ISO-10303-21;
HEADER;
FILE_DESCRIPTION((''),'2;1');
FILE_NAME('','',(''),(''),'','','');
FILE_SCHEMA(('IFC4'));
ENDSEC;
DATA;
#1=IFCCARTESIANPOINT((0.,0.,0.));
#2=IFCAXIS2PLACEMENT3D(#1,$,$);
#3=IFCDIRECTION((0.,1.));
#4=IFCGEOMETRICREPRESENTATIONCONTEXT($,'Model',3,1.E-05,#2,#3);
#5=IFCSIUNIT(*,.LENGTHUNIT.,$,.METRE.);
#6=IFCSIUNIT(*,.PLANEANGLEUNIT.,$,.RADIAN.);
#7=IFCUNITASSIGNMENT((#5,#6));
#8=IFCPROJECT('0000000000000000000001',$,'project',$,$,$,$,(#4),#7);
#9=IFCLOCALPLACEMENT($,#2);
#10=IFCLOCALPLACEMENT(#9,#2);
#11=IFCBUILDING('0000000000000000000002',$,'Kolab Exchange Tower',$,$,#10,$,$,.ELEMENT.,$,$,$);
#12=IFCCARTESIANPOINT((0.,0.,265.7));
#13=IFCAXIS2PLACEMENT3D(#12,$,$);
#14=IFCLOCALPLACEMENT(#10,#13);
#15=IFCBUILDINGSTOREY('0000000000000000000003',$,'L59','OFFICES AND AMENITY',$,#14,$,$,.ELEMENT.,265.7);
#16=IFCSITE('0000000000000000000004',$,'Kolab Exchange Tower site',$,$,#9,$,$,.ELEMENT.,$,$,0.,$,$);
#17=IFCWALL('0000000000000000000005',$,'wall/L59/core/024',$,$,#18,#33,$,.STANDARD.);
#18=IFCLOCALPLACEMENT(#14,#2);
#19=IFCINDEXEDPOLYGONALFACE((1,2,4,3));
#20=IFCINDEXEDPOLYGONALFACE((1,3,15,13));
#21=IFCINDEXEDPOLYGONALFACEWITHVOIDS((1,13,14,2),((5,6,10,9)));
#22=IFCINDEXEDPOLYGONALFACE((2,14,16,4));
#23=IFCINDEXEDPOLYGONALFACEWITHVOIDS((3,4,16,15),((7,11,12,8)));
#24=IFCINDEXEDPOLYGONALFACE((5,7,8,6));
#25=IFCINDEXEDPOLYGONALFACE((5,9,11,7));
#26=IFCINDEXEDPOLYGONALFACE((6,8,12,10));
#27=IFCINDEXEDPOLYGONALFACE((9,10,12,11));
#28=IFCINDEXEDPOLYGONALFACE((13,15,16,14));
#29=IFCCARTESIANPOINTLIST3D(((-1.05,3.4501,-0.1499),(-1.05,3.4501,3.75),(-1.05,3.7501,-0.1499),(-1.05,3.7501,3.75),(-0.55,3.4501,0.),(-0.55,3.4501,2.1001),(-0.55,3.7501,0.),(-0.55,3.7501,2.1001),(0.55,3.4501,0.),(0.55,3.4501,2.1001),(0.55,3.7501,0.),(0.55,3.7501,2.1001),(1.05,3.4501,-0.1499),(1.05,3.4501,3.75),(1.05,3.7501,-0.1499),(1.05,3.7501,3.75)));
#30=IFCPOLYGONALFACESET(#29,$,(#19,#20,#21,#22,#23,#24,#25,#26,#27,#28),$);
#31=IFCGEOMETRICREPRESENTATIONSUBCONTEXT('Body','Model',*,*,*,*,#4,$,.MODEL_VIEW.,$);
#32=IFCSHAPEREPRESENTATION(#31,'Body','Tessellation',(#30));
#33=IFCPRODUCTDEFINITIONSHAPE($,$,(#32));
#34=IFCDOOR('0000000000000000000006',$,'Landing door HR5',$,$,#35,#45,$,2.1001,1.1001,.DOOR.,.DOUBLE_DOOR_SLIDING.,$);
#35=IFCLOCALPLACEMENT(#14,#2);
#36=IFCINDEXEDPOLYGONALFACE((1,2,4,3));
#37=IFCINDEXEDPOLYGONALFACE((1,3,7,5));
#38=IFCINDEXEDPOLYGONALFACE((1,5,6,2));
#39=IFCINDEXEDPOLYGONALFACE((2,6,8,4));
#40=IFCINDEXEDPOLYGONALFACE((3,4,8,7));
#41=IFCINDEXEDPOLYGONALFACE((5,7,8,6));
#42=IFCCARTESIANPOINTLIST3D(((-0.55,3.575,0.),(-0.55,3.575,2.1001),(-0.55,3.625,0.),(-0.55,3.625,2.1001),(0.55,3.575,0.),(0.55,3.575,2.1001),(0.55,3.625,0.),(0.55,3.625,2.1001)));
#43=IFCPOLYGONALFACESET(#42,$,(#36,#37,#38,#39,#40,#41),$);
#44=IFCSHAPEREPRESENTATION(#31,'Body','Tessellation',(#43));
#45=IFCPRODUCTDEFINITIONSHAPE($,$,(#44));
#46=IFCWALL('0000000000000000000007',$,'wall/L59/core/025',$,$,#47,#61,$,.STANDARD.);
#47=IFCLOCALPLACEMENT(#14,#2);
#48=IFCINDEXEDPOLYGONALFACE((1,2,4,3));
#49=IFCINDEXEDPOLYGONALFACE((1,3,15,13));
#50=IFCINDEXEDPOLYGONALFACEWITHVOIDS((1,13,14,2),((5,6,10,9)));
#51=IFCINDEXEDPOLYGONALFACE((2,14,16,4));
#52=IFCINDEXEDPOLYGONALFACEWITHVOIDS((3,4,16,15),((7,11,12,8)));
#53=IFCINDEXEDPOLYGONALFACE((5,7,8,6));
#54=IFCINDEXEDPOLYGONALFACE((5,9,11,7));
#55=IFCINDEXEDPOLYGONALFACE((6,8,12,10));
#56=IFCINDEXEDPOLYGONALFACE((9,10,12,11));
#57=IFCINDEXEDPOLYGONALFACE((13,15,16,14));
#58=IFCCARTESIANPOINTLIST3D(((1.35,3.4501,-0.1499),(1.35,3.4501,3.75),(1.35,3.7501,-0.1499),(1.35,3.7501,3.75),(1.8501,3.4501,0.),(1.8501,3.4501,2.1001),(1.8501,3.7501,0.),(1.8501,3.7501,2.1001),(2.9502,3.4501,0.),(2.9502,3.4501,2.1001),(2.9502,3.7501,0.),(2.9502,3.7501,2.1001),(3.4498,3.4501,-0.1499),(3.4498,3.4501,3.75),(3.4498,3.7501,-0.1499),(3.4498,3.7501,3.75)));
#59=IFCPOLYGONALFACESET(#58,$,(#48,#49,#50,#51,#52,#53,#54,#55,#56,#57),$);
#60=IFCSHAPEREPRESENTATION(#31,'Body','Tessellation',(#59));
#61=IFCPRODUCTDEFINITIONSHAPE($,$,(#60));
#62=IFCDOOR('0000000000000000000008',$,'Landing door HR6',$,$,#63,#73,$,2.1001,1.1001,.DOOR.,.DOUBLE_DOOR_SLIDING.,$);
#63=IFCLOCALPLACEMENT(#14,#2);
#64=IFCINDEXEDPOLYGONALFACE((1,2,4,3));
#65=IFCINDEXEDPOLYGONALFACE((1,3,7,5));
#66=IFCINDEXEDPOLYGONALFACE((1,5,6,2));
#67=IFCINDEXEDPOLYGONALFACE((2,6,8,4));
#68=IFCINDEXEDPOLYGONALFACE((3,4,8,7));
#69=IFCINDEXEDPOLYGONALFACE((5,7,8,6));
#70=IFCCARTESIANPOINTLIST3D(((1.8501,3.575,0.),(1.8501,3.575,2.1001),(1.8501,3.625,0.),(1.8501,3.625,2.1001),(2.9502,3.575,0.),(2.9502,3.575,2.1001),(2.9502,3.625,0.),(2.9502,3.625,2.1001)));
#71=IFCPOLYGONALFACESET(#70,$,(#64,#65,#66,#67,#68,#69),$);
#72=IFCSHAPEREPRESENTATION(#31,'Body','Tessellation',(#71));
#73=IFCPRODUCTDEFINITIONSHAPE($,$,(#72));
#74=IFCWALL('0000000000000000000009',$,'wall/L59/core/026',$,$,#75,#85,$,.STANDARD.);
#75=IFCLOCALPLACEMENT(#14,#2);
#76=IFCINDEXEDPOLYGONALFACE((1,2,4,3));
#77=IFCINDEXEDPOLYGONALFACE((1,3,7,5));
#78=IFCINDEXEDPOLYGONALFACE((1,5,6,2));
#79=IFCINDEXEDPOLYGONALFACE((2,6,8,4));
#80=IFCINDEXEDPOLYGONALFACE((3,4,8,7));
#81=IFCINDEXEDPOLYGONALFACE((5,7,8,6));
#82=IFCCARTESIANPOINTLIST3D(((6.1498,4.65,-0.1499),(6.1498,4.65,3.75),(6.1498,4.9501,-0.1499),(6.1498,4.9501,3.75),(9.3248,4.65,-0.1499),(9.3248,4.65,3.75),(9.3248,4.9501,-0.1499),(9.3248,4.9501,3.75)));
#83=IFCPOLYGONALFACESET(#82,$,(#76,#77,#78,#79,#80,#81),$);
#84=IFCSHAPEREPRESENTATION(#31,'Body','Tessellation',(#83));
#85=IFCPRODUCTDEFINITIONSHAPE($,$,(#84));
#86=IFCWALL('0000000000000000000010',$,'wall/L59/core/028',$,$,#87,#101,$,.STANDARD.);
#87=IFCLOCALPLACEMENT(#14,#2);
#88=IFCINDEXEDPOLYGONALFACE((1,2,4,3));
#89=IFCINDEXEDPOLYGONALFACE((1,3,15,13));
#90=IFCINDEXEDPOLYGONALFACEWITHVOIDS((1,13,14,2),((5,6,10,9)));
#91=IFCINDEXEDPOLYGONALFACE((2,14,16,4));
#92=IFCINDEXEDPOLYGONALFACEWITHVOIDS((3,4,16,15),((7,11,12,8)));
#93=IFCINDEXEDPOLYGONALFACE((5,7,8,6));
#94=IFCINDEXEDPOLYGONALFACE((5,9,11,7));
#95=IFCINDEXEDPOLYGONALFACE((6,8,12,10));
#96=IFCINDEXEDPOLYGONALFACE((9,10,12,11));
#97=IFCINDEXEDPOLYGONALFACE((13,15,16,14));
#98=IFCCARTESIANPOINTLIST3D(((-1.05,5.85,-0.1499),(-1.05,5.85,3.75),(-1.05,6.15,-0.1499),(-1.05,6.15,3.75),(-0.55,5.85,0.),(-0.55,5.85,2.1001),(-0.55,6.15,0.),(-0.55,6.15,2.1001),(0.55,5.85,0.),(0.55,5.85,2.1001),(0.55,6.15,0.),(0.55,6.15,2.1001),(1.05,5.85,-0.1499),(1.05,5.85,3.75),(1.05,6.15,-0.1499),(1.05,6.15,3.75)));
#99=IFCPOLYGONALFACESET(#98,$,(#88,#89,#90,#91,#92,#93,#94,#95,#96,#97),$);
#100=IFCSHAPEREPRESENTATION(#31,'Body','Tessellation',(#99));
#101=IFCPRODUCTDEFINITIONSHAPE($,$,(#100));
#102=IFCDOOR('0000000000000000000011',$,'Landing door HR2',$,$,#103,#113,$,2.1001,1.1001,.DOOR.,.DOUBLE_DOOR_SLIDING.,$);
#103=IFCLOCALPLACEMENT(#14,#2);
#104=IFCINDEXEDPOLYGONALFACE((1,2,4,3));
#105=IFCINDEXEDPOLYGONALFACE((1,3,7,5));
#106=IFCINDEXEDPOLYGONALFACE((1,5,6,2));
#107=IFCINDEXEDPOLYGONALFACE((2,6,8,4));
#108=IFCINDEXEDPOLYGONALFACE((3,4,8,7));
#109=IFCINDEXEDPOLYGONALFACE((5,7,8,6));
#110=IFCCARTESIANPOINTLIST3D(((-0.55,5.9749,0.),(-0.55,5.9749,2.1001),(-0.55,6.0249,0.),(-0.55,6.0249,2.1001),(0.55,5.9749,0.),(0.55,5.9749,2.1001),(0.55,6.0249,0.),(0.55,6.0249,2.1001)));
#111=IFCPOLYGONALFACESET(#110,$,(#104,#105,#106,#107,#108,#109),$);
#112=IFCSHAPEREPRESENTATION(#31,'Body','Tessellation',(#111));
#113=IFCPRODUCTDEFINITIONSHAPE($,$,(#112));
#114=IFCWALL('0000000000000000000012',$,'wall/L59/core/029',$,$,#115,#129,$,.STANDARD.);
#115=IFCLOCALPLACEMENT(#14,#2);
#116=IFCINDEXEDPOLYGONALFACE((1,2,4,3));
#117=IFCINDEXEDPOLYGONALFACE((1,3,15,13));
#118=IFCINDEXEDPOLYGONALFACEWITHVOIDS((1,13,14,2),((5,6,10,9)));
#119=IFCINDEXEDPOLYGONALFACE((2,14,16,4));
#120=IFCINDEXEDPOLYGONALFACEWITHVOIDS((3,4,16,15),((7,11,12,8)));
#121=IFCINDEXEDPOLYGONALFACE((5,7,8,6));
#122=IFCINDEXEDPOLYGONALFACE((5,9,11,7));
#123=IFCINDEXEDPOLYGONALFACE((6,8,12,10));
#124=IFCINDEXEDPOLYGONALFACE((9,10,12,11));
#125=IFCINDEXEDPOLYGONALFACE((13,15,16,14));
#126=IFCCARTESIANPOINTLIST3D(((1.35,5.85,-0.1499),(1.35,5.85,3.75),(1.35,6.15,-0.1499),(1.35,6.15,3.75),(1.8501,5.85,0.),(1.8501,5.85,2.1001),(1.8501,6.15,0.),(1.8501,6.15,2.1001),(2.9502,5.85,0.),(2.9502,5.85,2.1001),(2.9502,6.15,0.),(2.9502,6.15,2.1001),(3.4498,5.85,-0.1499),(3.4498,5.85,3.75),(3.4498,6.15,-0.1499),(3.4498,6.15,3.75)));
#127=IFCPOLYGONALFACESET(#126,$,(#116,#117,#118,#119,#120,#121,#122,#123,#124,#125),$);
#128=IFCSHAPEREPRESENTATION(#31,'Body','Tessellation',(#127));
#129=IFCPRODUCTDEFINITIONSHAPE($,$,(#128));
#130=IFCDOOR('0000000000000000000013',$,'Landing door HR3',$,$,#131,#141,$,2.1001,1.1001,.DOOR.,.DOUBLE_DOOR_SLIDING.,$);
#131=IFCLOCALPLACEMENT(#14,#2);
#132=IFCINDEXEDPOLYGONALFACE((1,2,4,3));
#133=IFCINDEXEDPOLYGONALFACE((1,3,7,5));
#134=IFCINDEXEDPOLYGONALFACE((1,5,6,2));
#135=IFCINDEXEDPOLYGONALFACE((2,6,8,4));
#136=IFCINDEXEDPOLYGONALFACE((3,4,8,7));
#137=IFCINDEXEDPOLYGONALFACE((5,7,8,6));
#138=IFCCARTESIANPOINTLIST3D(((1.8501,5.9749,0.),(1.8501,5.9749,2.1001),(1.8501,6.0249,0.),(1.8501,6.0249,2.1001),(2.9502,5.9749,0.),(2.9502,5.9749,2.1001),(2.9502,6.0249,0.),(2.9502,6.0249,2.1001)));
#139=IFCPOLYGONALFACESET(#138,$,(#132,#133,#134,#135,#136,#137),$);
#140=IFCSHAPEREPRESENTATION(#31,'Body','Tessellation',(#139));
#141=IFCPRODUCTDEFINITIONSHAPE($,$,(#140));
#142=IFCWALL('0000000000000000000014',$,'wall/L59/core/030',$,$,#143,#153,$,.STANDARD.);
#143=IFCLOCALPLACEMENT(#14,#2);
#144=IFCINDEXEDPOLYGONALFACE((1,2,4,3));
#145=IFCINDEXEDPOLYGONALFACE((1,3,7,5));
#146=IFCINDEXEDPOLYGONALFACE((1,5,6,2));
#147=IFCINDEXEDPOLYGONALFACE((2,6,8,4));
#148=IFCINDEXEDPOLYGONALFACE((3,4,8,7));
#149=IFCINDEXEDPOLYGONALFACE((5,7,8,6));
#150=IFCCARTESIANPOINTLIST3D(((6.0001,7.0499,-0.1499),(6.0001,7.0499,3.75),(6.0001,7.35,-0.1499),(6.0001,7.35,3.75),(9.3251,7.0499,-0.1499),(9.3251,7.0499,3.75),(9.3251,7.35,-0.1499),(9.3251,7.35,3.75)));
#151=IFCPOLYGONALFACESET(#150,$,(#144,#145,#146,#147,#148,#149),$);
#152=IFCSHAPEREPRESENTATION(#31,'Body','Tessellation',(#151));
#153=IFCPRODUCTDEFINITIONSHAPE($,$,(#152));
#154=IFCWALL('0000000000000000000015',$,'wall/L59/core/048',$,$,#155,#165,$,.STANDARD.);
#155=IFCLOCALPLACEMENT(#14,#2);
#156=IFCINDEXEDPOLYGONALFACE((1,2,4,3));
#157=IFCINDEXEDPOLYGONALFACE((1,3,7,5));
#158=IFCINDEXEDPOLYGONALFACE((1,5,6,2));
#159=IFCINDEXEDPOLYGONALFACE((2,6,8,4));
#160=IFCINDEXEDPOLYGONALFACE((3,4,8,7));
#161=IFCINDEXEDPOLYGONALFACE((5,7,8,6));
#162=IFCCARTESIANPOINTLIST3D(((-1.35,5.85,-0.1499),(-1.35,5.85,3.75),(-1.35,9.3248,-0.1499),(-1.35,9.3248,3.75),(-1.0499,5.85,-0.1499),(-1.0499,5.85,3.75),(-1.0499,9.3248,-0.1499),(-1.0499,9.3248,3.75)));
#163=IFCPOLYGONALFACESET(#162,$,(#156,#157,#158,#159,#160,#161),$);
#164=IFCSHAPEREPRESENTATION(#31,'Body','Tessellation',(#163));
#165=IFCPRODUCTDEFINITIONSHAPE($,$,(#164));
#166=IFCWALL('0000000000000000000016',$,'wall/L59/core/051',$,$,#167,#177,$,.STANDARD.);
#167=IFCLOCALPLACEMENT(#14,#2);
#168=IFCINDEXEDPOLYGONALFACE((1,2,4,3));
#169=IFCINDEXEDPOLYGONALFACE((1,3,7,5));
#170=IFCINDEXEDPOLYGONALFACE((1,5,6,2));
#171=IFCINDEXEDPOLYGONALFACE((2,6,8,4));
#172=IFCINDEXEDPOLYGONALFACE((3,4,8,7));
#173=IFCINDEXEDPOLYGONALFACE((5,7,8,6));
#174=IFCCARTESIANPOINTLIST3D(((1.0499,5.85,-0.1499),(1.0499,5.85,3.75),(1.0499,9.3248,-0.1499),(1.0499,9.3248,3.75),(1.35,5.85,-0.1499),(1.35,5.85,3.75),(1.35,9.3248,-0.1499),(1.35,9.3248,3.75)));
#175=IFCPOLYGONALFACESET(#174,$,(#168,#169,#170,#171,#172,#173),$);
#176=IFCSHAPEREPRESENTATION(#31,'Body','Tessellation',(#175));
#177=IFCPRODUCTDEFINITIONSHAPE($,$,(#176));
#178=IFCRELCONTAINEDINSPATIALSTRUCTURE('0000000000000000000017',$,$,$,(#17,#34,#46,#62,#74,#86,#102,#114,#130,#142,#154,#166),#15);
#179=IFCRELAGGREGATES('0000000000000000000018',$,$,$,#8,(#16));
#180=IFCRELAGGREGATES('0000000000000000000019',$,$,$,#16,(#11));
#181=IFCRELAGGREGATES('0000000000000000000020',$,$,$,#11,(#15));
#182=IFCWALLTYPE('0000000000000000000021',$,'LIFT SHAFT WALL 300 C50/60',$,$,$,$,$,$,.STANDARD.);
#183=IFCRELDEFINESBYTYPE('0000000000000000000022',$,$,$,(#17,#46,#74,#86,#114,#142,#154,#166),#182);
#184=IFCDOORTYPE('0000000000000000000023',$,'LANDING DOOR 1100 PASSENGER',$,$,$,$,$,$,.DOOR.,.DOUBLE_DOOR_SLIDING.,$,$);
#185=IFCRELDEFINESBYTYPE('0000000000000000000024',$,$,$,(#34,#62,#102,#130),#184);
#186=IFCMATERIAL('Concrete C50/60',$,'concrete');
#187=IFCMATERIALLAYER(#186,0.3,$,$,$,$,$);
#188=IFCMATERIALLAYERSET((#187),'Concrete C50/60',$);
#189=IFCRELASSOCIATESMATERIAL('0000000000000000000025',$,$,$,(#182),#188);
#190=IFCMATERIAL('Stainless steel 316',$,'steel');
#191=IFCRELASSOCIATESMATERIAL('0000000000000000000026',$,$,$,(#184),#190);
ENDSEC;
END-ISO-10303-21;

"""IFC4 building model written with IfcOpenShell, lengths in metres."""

from ifc_helpers import new_model, si_unit, direction, frame, frame_2d, origin, place, context, subcontext, project, spatial, rectangle, extrude, material, layer, layer_set, type_object, element, fill, save


model = new_model("IFC4")

# Units and contexts
model_context = context("Model", 3, precision=1e-05, world=origin(), true_north=direction((0.0, 1.0)))
body_context = subcontext(model_context, "Body", "Model", "MODEL_VIEW")
ifc_project = project(units=[si_unit("LENGTHUNIT", "METRE"), si_unit("PLANEANGLEUNIT", "RADIAN")], contexts=[model_context])

# Site, building, storey
site_placement = place(None, origin())
site = spatial("IfcSite", under=ifc_project, at=site_placement, Name="Kolab Exchange Tower site", CompositionType="ELEMENT", RefElevation=0.0)
building_placement = place(site_placement, origin())
building = spatial("IfcBuilding", under=site, at=building_placement, Name="Kolab Exchange Tower", CompositionType="ELEMENT")
storey_placement = place(building_placement, frame((0.0, 0.0, 265.7)))
storey = spatial("IfcBuildingStorey", under=building, at=storey_placement, Name="L59", Description="OFFICES AND AMENITY", CompositionType="ELEMENT", Elevation=265.7)

# Shared definitions
ifc_material_1 = material(Name="Concrete C50/60", Category="concrete")

# Shared definitions
ifc_layer_1 = layer(ifc_material_1, 0.3)
ifc_layer_set_1 = layer_set([ifc_layer_1], Name="Concrete C50/60")
wall_type_1 = type_object("IfcWallType", Name="LIFT SHAFT WALL 300 C50/60", PredefinedType="STANDARD", material=ifc_layer_set_1)

# Walls, openings, doors
wall_1_placement = place(storey_placement, frame((-1.05, 3.6001, -0.1499), z_axis=(0.0, 0.0, 1.0), x_axis=(1.0, 0.0, 0.0)))
wall_1 = element("IfcWall", 1, at=wall_1_placement, inside=storey, type_object=wall_type_1, Name="wall/L59/core/024", PredefinedType="STANDARD", context=body_context, shape_type="SweptSolid", body=[
    extrude(rectangle(XDim=2.1001, YDim=0.3, at=frame_2d((1.05, 0.0))), origin(), (0.0, 0.0, 1.0), 3.8999),
])
opening_1_placement = place(wall_1_placement, frame((0.5, 0.0, 0.1499)))
opening_1 = element("IfcOpeningElement", 2, at=opening_1_placement, cuts=wall_1, PredefinedType="OPENING", context=body_context, shape_type="SweptSolid", body=[
    extrude(rectangle(XDim=1.1001, YDim=2.1001, at=frame_2d((0.55, 1.05))), frame((0.0, 0.1602, 0.0), z_axis=(0.0, -1.0, 0.0), x_axis=(1.0, 0.0, 0.0)), (0.0, 0.0, 1.0), 0.3201),
])
ifc_material_2 = material(Name="Stainless steel 316", Category="steel")
door_type_1 = type_object("IfcDoorType", Name="LANDING DOOR 1100 PASSENGER", OperationType="DOUBLE_DOOR_SLIDING", PredefinedType="DOOR", material=ifc_material_2)
door_1_placement = place(opening_1_placement, origin())
door_1 = element("IfcDoor", 3, at=door_1_placement, inside=storey, type_object=door_type_1, Name="Landing door HR5", OperationType="DOUBLE_DOOR_SLIDING", OverallHeight=2.1001, OverallWidth=1.1001, PredefinedType="DOOR", context=body_context, shape_type="SweptSolid", body=[
    extrude(rectangle(XDim=1.1001, YDim=2.1001, at=frame_2d((0.55, 1.05))), frame((0.0, 0.0249, 0.0), z_axis=(0.0, -1.0, 0.0), x_axis=(1.0, 0.0, 0.0)), (0.0, 0.0, 1.0), 0.05),
])
fill(opening_1, door_1)
wall_2_placement = place(storey_placement, frame((1.3501, 3.6001, -0.1499), z_axis=(0.0, 0.0, 1.0), x_axis=(1.0, 0.0, 0.0)))
wall_2 = element("IfcWall", 4, at=wall_2_placement, inside=storey, type_object=wall_type_1, Name="wall/L59/core/025", PredefinedType="STANDARD", context=body_context, shape_type="SweptSolid", body=[
    extrude(rectangle(XDim=2.0999, YDim=0.3, at=frame_2d((1.0498, 0.0))), origin(), (0.0, 0.0, 1.0), 3.8999),
])
opening_2_placement = place(wall_2_placement, frame((0.5, 0.0, 0.1499)))
opening_2 = element("IfcOpeningElement", 5, at=opening_2_placement, cuts=wall_2, PredefinedType="OPENING", context=body_context, shape_type="SweptSolid", body=[
    extrude(rectangle(XDim=1.1001, YDim=2.1001, at=frame_2d((0.55, 1.05))), frame((0.0, 0.1602, 0.0), z_axis=(0.0, -1.0, 0.0), x_axis=(1.0, 0.0, 0.0)), (0.0, 0.0, 1.0), 0.3201),
])
door_2_placement = place(opening_2_placement, origin())
door_2 = element("IfcDoor", 6, at=door_2_placement, inside=storey, type_object=door_type_1, Name="Landing door HR6", OperationType="DOUBLE_DOOR_SLIDING", OverallHeight=2.1001, OverallWidth=1.1001, PredefinedType="DOOR", context=body_context, shape_type="SweptSolid", body=[
    extrude(rectangle(XDim=1.1001, YDim=2.1001, at=frame_2d((0.55, 1.05))), frame((0.0, 0.0249, 0.0), z_axis=(0.0, -1.0, 0.0), x_axis=(1.0, 0.0, 0.0)), (0.0, 0.0, 1.0), 0.05),
])
fill(opening_2, door_2)

# Wall
wall_3_placement = place(storey_placement, frame((6.1499, 4.8, -0.1499), z_axis=(0.0, 0.0, 1.0), x_axis=(1.0, 0.0, 0.0)))
element("IfcWall", 7, at=wall_3_placement, inside=storey, type_object=wall_type_1, Name="wall/L59/core/026", PredefinedType="STANDARD", context=body_context, shape_type="SweptSolid", body=[
    extrude(rectangle(XDim=3.175, YDim=0.3, at=frame_2d((1.5874, 0.0))), origin(), (0.0, 0.0, 1.0), 3.8999),
])

# Walls, openings, doors
wall_4_placement = place(storey_placement, frame((-1.05, 6.0, -0.1499), z_axis=(0.0, 0.0, 1.0), x_axis=(1.0, 0.0, 0.0)))
wall_4 = element("IfcWall", 8, at=wall_4_placement, inside=storey, type_object=wall_type_1, Name="wall/L59/core/028", PredefinedType="STANDARD", context=body_context, shape_type="SweptSolid", body=[
    extrude(rectangle(XDim=2.1001, YDim=0.3, at=frame_2d((1.05, 0.0))), origin(), (0.0, 0.0, 1.0), 3.8999),
])
opening_3_placement = place(wall_4_placement, frame((0.5, 0.0, 0.1499)))
opening_3 = element("IfcOpeningElement", 9, at=opening_3_placement, cuts=wall_4, PredefinedType="OPENING", context=body_context, shape_type="SweptSolid", body=[
    extrude(rectangle(XDim=1.1001, YDim=2.1001, at=frame_2d((0.55, 1.05))), frame((0.0, 0.1602, 0.0), z_axis=(0.0, -1.0, 0.0), x_axis=(1.0, 0.0, 0.0)), (0.0, 0.0, 1.0), 0.3201),
])
door_3_placement = place(opening_3_placement, origin())
door_3 = element("IfcDoor", 10, at=door_3_placement, inside=storey, type_object=door_type_1, Name="Landing door HR2", OperationType="DOUBLE_DOOR_SLIDING", OverallHeight=2.1001, OverallWidth=1.1001, PredefinedType="DOOR", context=body_context, shape_type="SweptSolid", body=[
    extrude(rectangle(XDim=1.1001, YDim=2.1001, at=frame_2d((0.55, 1.05))), frame((0.0, 0.0249, 0.0), z_axis=(0.0, -1.0, 0.0), x_axis=(1.0, 0.0, 0.0)), (0.0, 0.0, 1.0), 0.05),
])
fill(opening_3, door_3)
wall_5_placement = place(storey_placement, frame((1.3501, 6.0, -0.1499), z_axis=(0.0, 0.0, 1.0), x_axis=(1.0, 0.0, 0.0)))
wall_5 = element("IfcWall", 11, at=wall_5_placement, inside=storey, type_object=wall_type_1, Name="wall/L59/core/029", PredefinedType="STANDARD", context=body_context, shape_type="SweptSolid", body=[
    extrude(rectangle(XDim=2.0999, YDim=0.3, at=frame_2d((1.0498, 0.0))), origin(), (0.0, 0.0, 1.0), 3.8999),
])
opening_4_placement = place(wall_5_placement, frame((0.5, 0.0, 0.1499)))
opening_4 = element("IfcOpeningElement", 12, at=opening_4_placement, cuts=wall_5, PredefinedType="OPENING", context=body_context, shape_type="SweptSolid", body=[
    extrude(rectangle(XDim=1.1001, YDim=2.1001, at=frame_2d((0.55, 1.05))), frame((0.0, 0.1602, 0.0), z_axis=(0.0, -1.0, 0.0), x_axis=(1.0, 0.0, 0.0)), (0.0, 0.0, 1.0), 0.3201),
])
door_4_placement = place(opening_4_placement, origin())
door_4 = element("IfcDoor", 13, at=door_4_placement, inside=storey, type_object=door_type_1, Name="Landing door HR3", OperationType="DOUBLE_DOOR_SLIDING", OverallHeight=2.1001, OverallWidth=1.1001, PredefinedType="DOOR", context=body_context, shape_type="SweptSolid", body=[
    extrude(rectangle(XDim=1.1001, YDim=2.1001, at=frame_2d((0.55, 1.05))), frame((0.0, 0.0249, 0.0), z_axis=(0.0, -1.0, 0.0), x_axis=(1.0, 0.0, 0.0)), (0.0, 0.0, 1.0), 0.05),
])
fill(opening_4, door_4)

# Walls
wall_6_placement = place(storey_placement, frame((6.0, 7.2, -0.1499), z_axis=(0.0, 0.0, 1.0), x_axis=(1.0, 0.0, 0.0)))
element("IfcWall", 14, at=wall_6_placement, inside=storey, type_object=wall_type_1, Name="wall/L59/core/030", PredefinedType="STANDARD", context=body_context, shape_type="SweptSolid", body=[
    extrude(rectangle(XDim=3.325, YDim=0.3, at=frame_2d((1.6626, 0.0))), origin(), (0.0, 0.0, 1.0), 3.8999),
])
for number, where, z_axis, x_axis, name in (
    (15, (-1.2, 5.8501, -0.1499), (0.0, 0.0, 1.0), (0.0, 1.0, 0.0), "wall/L59/core/048"),
    (16, (1.2, 5.8501, -0.1499), (0.0, 0.0, 1.0), (0.0, 1.0, 0.0), "wall/L59/core/051"),
):
    element("IfcWall", number, at=place(storey_placement, frame(where, z_axis=z_axis, x_axis=x_axis)), inside=storey, type_object=wall_type_1, Name=name, PredefinedType="STANDARD", context=body_context, shape_type="SweptSolid", body=[
        extrude(rectangle(XDim=3.4749, YDim=0.3, at=frame_2d((1.7373, 0.0))), origin(), (0.0, 0.0, 1.0), 3.8999),
    ])

save(model, "model.ifc")
